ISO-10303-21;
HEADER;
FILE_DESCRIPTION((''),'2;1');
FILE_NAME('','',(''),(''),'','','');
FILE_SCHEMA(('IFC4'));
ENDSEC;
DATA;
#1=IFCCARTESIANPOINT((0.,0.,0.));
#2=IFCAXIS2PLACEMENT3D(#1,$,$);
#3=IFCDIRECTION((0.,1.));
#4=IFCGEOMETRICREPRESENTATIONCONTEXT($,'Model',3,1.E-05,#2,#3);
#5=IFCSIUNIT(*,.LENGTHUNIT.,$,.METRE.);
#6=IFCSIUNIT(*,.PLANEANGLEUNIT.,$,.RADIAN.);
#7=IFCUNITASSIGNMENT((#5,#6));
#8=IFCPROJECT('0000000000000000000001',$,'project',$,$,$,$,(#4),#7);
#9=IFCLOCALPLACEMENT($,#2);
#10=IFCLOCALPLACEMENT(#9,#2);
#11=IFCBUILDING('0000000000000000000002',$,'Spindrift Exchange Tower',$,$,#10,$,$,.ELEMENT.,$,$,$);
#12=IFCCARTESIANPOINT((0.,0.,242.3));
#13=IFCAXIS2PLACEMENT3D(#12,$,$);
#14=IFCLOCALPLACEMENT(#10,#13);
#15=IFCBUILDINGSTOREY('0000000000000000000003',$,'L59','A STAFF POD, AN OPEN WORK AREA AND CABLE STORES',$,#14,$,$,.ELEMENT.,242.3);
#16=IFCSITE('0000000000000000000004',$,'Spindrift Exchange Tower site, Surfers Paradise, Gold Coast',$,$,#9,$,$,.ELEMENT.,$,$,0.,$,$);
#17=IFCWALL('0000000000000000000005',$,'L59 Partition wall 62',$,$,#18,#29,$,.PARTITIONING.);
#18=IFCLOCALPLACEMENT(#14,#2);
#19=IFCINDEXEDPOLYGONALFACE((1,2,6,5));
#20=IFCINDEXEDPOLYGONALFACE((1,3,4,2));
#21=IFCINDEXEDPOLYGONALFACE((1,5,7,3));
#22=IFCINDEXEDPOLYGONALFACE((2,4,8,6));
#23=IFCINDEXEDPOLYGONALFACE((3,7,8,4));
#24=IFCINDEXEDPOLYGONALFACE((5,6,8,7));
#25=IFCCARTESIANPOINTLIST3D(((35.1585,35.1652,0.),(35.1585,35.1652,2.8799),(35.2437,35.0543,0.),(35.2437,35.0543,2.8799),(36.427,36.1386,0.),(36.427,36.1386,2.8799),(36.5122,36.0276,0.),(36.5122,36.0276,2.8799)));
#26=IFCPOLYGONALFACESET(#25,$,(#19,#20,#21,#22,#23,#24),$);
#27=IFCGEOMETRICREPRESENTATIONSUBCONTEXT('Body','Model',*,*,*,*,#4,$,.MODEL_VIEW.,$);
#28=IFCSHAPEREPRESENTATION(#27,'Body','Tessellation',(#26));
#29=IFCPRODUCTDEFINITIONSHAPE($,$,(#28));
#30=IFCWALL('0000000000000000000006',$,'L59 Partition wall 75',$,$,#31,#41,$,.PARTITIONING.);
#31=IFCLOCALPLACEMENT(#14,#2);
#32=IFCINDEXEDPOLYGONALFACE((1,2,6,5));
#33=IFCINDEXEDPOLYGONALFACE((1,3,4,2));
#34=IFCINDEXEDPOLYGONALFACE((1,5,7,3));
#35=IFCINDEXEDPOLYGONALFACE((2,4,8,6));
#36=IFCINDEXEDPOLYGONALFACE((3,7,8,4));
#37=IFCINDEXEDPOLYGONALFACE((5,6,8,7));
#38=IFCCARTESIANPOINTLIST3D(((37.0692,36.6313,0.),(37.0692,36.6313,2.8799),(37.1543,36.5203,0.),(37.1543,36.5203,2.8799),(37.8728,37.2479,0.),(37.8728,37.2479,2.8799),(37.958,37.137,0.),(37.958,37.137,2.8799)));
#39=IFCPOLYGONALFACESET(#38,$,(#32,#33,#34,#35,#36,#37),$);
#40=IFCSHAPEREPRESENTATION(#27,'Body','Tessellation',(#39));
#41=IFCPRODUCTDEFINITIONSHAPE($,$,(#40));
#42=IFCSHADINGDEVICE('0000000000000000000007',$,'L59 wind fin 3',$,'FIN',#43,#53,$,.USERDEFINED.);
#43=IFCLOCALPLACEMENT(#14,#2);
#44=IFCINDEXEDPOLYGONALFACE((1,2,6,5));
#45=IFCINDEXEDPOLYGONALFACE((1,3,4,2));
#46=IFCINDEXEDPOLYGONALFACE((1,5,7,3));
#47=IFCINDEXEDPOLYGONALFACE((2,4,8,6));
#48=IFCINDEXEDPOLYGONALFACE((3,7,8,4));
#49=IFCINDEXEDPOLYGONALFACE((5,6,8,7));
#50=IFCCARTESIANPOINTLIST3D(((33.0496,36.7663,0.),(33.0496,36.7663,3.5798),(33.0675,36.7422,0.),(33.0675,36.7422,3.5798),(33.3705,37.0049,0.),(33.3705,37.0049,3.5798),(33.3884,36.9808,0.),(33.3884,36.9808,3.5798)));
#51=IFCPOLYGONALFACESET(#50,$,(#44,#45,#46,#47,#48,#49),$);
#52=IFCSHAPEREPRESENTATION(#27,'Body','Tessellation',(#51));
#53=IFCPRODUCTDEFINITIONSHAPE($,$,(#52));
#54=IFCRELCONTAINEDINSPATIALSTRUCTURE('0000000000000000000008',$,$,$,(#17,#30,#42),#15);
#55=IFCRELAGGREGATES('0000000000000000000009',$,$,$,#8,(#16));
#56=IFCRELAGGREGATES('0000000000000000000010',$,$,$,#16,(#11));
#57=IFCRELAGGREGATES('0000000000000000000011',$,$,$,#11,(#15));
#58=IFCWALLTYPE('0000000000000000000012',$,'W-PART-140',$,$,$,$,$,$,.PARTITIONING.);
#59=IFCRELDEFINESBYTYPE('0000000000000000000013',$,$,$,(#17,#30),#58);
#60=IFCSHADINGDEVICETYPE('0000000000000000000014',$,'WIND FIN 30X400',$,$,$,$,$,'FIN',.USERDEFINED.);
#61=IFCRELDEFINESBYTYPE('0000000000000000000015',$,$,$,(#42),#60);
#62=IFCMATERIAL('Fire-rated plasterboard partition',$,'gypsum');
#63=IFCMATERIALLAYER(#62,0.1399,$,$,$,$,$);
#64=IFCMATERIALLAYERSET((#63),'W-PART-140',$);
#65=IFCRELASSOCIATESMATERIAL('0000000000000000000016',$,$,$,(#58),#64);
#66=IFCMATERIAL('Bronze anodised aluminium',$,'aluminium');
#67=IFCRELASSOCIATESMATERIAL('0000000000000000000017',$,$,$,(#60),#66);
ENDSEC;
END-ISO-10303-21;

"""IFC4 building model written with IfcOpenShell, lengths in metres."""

from ifc_helpers import new_model, si_unit, direction, frame, frame_2d, origin, origin_2d, place, context, subcontext, project, spatial, rectangle, extrude, source, transform, mapped, material, layer, layer_set, material_profile, profile_set, type_object, element, save


model = new_model("IFC4")

# Units and contexts
model_context = context("Model", 3, precision=1e-05, world=origin(), true_north=direction((0.0, 1.0)))
body_context = subcontext(model_context, "Body", "Model", "MODEL_VIEW")
ifc_project = project(units=[si_unit("LENGTHUNIT", "METRE"), si_unit("PLANEANGLEUNIT", "RADIAN")], contexts=[model_context])

# Site, building, storey
site_placement = place(None, origin())
site = spatial("IfcSite", under=ifc_project, at=site_placement, Name="Spindrift Exchange Tower site, Surfers Paradise, Gold Coast", CompositionType="ELEMENT", RefElevation=0.0)
building_placement = place(site_placement, origin())
building = spatial("IfcBuilding", under=site, at=building_placement, Name="Spindrift Exchange Tower", CompositionType="ELEMENT")
storey_placement = place(building_placement, frame((0.0, 0.0, 242.3)))
storey = spatial("IfcBuildingStorey", under=building, at=storey_placement, Name="L59", Description="A STAFF POD, AN OPEN WORK AREA AND CABLE STORES", CompositionType="ELEMENT", Elevation=242.3)

# Shared definitions
ifc_material_1 = material(Name="Bronze anodised aluminium", Category="aluminium")

# Walls
ifc_material_2 = material(Name="Fire-rated plasterboard partition", Category="gypsum")
ifc_layer_1 = layer(ifc_material_2, 0.1399)
ifc_layer_set_1 = layer_set([ifc_layer_1], Name="W-PART-140")
wall_type = type_object("IfcWallType", Name="W-PART-140", PredefinedType="PARTITIONING", material=ifc_layer_set_1)
wall_1_placement = place(storey_placement, frame((36.4695, 36.083, 0.0), z_axis=(0.0, 0.0, 1.0), x_axis=(-0.793356, -0.608758, 0.0)))
element("IfcWall", 1, at=wall_1_placement, inside=storey, type_object=wall_type, Name="L59 Partition wall 62", PredefinedType="PARTITIONING", context=body_context, shape_type="SweptSolid", body=[
    extrude(rectangle(XDim=1.5989, YDim=0.1399, at=frame_2d((0.7993, 0.0))), origin(), (0.0, 0.0, 1.0), 2.8799),
])
wall_2_placement = place(storey_placement, frame((37.9153, 37.1924, 0.0), z_axis=(0.0, 0.0, 1.0), x_axis=(-0.793358, -0.608755, 0.0)))
element("IfcWall", 2, at=wall_2_placement, inside=storey, type_object=wall_type, Name="L59 Partition wall 75", PredefinedType="PARTITIONING", context=body_context, shape_type="SweptSolid", body=[
    extrude(rectangle(XDim=1.0129, YDim=0.1399, at=frame_2d((0.5063, 0.0))), origin(), (0.0, 0.0, 1.0), 2.8799),
])

# Shading device
ifc_material_profile_1 = material_profile(ifc_material_1, rectangle(XDim=0.03, YDim=0.3999, at=origin_2d()), Name="WIND FIN 30X400")
ifc_profile_set_1 = profile_set([ifc_material_profile_1], Name="Bronze anodised aluminium")
shading_device_type = type_object("IfcShadingDeviceType", Name="WIND FIN 30X400", ElementType="FIN", PredefinedType="USERDEFINED", material=ifc_profile_set_1)
shared_shape_1 = source(origin(), body_context, "Body", "SweptSolid", [
    extrude(rectangle(XDim=0.03, YDim=0.3999, at=origin_2d()), origin(), (0.0, 0.0, 1.0), 3.5798),
])
shading_device_placement = place(storey_placement, frame((33.219, 36.8735, 0.0), z_axis=(0.0, 0.0, 1.0), x_axis=(0.596563, -0.802567, 0.0)))
element("IfcShadingDevice", 3, at=shading_device_placement, inside=storey, type_object=shading_device_type, Name="L59 wind fin 3", ObjectType="FIN", PredefinedType="USERDEFINED", context=body_context, shape_type="MappedRepresentation", body=[
    mapped(shared_shape_1, transform((0.0, 0.0, 0.0), scale=1.0)),
])

save(model, "model.ifc")
